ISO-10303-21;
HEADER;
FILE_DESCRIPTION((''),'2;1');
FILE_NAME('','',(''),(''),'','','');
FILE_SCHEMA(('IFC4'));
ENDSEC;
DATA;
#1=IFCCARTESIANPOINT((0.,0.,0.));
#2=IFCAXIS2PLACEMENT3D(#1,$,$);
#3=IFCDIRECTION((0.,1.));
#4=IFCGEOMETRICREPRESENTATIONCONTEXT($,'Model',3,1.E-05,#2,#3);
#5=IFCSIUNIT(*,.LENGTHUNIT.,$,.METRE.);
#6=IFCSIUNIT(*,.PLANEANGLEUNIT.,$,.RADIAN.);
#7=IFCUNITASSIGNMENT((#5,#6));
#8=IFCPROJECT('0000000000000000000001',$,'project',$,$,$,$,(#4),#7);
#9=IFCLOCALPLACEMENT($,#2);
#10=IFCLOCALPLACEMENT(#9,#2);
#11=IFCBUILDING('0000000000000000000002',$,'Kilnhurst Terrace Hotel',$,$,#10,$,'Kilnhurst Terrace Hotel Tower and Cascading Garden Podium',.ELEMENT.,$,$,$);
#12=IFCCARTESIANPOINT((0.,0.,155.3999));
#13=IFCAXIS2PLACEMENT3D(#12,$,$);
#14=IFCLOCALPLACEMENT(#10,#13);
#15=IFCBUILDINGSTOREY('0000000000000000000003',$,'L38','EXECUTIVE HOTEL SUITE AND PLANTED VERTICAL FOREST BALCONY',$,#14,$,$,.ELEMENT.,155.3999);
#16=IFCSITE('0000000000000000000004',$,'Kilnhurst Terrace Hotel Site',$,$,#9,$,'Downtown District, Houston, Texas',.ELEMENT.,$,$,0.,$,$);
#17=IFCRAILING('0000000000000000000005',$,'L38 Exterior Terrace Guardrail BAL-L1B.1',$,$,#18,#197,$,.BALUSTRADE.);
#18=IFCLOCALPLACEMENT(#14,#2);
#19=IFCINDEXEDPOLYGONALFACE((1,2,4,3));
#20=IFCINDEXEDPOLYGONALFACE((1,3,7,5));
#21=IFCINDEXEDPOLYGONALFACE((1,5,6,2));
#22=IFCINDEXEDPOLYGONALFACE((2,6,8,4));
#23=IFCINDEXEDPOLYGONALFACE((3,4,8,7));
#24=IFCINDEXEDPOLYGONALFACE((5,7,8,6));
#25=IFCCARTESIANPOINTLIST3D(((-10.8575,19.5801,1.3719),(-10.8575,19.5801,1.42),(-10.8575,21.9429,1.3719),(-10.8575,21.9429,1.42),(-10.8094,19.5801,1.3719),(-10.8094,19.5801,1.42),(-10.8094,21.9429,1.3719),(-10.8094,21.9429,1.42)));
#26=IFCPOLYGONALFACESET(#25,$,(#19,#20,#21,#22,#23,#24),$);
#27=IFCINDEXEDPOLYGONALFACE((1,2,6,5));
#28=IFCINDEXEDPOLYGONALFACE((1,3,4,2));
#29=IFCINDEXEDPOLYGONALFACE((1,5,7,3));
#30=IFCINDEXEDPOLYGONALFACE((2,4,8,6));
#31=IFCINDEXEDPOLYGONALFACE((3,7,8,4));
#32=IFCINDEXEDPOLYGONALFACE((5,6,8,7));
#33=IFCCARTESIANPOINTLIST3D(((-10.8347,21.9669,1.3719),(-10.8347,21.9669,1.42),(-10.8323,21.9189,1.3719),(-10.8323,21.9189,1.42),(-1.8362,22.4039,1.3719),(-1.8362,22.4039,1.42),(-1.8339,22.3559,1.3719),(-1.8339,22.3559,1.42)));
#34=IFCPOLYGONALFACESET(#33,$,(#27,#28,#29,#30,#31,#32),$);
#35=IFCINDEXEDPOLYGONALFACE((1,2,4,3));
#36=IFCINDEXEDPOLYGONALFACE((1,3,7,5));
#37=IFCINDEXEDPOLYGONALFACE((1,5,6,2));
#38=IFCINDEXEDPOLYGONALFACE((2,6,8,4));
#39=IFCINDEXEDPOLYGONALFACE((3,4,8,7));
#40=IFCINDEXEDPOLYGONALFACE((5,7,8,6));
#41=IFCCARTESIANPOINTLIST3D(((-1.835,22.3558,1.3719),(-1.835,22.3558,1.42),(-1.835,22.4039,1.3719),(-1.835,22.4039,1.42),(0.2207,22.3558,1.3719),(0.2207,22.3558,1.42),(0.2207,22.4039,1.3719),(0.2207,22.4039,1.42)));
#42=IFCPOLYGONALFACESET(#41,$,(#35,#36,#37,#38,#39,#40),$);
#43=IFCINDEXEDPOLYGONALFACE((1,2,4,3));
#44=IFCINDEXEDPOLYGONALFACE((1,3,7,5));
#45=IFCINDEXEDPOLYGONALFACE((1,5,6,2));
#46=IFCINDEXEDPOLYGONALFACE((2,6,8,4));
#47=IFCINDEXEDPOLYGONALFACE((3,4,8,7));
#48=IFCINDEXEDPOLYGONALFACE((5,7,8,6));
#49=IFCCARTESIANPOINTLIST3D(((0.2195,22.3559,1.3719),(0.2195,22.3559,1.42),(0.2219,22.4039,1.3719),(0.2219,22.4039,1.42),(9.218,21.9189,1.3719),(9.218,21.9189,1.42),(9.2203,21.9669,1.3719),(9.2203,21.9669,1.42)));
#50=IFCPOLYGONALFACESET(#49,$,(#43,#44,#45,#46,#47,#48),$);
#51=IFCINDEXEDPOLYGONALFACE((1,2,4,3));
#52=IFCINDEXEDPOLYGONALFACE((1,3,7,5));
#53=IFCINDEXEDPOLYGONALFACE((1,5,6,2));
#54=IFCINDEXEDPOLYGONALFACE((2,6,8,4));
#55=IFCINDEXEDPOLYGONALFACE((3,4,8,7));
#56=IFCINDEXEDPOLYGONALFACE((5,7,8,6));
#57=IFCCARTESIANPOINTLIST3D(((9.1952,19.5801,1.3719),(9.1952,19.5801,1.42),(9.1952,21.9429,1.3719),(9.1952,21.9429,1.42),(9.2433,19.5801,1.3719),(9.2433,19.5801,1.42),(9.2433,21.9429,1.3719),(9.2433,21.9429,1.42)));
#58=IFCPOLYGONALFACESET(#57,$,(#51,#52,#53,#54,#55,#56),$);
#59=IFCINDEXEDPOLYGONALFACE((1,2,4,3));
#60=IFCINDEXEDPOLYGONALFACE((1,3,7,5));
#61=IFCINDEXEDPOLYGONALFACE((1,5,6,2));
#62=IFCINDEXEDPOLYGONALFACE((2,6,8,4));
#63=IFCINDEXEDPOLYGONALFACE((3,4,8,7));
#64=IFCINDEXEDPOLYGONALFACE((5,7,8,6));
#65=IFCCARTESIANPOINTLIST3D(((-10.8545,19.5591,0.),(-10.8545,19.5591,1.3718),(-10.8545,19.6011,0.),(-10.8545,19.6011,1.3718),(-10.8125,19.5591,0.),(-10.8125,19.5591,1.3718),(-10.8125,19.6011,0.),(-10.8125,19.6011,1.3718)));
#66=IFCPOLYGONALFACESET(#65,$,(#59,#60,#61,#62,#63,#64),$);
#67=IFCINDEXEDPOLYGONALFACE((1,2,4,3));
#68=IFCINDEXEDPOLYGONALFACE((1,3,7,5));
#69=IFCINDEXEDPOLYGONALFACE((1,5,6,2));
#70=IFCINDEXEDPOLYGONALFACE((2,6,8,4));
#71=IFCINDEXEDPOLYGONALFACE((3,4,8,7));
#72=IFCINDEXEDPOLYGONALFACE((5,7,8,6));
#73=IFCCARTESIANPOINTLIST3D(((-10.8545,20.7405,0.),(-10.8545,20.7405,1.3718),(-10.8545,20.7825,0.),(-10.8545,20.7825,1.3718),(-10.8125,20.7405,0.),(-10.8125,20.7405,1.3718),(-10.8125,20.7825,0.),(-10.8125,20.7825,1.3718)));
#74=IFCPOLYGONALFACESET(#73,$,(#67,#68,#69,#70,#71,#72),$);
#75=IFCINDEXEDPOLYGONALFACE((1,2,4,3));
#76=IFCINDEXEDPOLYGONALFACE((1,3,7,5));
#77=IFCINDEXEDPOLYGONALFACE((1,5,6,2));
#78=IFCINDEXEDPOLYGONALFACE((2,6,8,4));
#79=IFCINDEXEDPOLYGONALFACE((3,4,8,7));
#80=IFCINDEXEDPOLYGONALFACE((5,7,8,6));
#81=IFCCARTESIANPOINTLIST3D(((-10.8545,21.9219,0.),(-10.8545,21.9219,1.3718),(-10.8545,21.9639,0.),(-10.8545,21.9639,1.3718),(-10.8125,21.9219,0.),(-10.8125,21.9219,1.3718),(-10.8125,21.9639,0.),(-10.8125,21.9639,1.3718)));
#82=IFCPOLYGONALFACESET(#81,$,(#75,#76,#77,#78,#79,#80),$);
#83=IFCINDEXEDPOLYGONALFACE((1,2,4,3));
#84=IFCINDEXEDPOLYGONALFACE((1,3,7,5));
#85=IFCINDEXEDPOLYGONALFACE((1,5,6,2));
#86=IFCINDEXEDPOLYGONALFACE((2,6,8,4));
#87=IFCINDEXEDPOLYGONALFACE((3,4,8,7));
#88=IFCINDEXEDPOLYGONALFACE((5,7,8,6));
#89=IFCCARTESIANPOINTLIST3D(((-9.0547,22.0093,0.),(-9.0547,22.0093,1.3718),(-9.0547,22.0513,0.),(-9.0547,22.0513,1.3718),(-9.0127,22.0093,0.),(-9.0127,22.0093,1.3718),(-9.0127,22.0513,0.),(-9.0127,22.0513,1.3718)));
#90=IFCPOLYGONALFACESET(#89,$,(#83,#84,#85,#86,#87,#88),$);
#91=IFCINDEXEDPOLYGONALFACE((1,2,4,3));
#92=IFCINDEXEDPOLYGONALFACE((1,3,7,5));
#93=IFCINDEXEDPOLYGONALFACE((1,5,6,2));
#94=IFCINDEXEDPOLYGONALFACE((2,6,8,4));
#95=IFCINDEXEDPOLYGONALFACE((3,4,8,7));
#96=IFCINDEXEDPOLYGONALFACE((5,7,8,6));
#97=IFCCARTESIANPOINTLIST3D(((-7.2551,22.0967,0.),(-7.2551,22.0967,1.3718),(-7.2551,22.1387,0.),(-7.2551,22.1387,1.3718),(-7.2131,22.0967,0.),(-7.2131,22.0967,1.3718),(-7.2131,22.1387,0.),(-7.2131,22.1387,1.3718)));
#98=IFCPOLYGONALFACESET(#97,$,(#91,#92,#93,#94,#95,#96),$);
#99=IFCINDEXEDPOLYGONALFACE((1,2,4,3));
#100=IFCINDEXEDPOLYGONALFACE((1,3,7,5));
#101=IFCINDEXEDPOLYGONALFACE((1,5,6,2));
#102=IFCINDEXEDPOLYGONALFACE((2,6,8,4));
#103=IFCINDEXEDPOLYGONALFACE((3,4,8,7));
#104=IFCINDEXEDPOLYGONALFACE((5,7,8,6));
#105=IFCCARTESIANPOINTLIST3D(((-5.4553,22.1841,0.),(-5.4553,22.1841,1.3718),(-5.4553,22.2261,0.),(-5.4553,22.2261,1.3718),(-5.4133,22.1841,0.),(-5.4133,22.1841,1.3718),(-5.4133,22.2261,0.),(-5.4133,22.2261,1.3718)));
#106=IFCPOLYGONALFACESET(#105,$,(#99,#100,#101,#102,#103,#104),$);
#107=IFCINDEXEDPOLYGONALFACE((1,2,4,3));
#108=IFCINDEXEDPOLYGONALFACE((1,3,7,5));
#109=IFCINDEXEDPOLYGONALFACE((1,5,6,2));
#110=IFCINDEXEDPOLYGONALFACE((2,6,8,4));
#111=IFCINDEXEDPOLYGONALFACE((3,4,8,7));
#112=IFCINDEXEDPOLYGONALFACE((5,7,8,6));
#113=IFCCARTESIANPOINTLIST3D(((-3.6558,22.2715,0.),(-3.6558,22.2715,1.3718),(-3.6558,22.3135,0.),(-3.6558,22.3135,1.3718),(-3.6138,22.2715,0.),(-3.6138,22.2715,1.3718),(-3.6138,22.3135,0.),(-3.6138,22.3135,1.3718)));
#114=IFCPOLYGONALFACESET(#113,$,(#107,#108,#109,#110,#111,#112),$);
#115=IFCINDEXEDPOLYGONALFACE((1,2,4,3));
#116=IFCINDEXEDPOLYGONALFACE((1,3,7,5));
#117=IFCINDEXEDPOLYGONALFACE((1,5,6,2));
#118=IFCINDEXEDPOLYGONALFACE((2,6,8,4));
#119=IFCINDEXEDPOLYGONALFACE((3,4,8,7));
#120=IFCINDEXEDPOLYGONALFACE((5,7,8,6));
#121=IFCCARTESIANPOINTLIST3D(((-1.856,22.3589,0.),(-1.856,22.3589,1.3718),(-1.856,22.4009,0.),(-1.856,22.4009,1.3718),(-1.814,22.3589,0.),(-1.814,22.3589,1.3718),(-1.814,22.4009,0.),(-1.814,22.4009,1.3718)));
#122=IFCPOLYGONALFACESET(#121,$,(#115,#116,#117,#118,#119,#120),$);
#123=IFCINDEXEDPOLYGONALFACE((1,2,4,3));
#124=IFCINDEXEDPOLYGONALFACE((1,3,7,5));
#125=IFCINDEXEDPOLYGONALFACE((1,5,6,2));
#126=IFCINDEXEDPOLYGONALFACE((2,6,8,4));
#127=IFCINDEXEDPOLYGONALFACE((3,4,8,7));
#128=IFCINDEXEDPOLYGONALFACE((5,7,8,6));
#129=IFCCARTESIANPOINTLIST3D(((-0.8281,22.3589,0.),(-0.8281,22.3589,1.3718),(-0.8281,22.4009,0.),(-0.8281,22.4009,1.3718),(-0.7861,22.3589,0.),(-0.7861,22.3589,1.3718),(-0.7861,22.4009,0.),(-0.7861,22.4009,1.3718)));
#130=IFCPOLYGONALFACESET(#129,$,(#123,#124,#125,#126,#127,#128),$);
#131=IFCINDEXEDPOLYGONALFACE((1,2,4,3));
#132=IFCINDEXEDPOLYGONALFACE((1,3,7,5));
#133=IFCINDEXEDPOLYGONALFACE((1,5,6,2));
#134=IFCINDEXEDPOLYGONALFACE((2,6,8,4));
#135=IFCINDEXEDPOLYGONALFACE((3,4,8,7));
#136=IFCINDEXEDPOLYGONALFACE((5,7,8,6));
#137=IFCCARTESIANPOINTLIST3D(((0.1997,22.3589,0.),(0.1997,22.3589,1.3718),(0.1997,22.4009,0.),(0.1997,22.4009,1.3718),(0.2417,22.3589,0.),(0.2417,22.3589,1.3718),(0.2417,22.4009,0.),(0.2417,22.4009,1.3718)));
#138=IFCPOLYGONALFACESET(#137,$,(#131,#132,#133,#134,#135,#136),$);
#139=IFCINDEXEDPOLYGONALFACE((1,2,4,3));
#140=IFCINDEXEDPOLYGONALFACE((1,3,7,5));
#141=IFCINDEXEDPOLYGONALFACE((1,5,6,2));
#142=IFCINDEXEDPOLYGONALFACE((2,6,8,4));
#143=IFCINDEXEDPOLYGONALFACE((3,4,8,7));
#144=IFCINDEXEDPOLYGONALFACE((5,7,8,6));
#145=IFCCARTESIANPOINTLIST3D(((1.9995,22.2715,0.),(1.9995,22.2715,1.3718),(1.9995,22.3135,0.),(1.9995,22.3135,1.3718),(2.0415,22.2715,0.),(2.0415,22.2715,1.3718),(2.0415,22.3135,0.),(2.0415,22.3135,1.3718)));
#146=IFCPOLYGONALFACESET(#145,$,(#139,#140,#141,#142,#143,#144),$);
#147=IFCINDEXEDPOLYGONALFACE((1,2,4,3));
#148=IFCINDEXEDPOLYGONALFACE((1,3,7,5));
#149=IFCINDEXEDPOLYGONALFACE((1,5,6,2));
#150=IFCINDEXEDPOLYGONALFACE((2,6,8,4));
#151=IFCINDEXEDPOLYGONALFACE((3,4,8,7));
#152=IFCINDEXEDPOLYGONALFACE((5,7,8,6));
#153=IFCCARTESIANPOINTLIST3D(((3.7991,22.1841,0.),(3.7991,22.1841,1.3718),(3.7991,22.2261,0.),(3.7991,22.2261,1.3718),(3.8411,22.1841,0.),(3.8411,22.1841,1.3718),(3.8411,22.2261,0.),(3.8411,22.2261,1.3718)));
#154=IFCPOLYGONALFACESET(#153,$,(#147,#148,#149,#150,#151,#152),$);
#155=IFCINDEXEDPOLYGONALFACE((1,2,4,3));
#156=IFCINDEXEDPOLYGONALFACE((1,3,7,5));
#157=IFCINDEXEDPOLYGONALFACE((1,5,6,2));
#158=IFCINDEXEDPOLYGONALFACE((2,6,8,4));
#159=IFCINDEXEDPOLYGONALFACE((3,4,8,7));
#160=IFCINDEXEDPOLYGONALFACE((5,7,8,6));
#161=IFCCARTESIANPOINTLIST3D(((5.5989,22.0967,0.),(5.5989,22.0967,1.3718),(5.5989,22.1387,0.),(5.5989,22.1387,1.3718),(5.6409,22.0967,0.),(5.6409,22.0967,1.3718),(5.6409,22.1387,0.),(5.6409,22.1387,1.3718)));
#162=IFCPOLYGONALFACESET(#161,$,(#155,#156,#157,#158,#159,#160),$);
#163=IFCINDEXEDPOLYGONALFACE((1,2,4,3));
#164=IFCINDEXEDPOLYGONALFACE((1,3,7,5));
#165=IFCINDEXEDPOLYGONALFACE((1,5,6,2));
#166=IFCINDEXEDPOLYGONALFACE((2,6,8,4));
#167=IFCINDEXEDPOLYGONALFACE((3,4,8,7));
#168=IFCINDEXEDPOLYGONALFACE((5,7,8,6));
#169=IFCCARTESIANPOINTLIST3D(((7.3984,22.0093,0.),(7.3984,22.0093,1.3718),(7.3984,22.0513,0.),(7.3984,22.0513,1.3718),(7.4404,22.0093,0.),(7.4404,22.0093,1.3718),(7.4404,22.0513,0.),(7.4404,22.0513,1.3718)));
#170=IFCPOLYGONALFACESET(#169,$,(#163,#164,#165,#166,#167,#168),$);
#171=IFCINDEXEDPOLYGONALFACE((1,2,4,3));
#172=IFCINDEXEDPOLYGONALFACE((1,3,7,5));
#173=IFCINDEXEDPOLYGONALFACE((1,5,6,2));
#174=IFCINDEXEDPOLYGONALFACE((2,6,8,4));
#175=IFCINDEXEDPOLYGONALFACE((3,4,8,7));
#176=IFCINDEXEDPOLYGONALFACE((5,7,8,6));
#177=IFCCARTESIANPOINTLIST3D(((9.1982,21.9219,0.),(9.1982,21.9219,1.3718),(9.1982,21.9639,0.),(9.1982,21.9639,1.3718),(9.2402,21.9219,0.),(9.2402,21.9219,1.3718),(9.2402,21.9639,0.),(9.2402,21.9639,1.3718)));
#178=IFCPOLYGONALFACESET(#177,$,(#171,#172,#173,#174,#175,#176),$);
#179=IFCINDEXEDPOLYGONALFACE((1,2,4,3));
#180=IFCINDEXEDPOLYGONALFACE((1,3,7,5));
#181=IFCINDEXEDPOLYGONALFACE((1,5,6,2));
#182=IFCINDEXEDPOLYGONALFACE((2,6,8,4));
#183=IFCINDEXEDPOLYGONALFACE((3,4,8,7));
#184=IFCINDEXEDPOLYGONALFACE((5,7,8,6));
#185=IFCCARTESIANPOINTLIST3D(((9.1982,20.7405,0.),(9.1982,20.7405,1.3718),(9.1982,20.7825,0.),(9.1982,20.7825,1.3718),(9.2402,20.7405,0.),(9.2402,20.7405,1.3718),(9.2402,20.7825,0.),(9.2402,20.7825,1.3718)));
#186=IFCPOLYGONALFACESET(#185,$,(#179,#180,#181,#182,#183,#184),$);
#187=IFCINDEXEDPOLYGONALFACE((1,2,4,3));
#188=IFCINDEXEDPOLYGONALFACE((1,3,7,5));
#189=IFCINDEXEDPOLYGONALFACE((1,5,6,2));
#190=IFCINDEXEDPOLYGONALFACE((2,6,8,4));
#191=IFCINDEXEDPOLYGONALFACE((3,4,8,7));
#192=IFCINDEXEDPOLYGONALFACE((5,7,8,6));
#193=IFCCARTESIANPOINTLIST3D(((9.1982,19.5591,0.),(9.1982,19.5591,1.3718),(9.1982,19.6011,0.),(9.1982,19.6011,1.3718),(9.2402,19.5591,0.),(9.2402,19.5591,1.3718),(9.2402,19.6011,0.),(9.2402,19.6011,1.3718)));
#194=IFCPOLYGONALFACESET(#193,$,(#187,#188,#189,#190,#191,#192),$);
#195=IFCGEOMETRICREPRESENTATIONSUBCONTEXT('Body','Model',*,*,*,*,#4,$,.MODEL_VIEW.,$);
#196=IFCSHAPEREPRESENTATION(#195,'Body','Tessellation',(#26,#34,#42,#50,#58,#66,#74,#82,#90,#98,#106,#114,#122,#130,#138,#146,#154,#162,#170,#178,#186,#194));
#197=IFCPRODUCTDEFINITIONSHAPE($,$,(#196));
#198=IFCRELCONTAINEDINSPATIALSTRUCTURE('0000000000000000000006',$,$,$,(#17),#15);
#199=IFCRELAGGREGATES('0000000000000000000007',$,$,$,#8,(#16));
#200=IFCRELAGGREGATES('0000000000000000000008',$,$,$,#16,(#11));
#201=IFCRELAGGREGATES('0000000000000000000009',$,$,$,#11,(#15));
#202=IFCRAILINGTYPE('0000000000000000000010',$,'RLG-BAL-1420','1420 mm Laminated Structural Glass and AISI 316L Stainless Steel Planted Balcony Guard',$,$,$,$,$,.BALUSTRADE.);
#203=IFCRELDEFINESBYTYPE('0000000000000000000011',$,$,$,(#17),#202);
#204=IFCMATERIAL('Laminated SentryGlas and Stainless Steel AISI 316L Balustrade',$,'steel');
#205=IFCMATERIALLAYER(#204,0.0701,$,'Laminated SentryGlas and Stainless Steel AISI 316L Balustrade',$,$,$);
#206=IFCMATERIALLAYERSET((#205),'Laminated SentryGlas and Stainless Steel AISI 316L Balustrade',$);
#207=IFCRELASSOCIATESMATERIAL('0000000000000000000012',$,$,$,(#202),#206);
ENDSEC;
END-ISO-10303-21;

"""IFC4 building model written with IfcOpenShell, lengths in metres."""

from ifc_helpers import new_model, si_unit, direction, frame, origin, origin_2d, place, context, subcontext, project, spatial, rectangle, extrude, material, layer, layer_set, type_object, element, save


model = new_model("IFC4")

# Units and contexts
model_context = context("Model", 3, precision=1e-05, world=origin(), true_north=direction((0.0, 1.0)))
body_context = subcontext(model_context, "Body", "Model", "MODEL_VIEW")
ifc_project = project(units=[si_unit("LENGTHUNIT", "METRE"), si_unit("PLANEANGLEUNIT", "RADIAN")], contexts=[model_context])

# Site, building, storey
site_placement = place(None, origin())
site = spatial("IfcSite", under=ifc_project, at=site_placement, Name="Kilnhurst Terrace Hotel Site", LongName="Downtown District, Houston, Texas", CompositionType="ELEMENT", RefElevation=0.0)
building_placement = place(site_placement, origin())
building = spatial("IfcBuilding", under=site, at=building_placement, Name="Kilnhurst Terrace Hotel", LongName="Kilnhurst Terrace Hotel Tower and Cascading Garden Podium", CompositionType="ELEMENT")
storey_placement = place(building_placement, frame((0.0, 0.0, 155.3999)))
storey = spatial("IfcBuildingStorey", under=building, at=storey_placement, Name="L38", Description="EXECUTIVE HOTEL SUITE AND PLANTED VERTICAL FOREST BALCONY", CompositionType="ELEMENT", Elevation=155.3999)

# Railing
ifc_material_1 = material(Name="Laminated SentryGlas and Stainless Steel AISI 316L Balustrade", Category="steel")
ifc_layer_1 = layer(ifc_material_1, 0.0701, Name="Laminated SentryGlas and Stainless Steel AISI 316L Balustrade")
ifc_layer_set_1 = layer_set([ifc_layer_1], Name="Laminated SentryGlas and Stainless Steel AISI 316L Balustrade")
railing_type = type_object("IfcRailingType", Name="RLG-BAL-1420", Description="1420 mm Laminated Structural Glass and AISI 316L Stainless Steel Planted Balcony Guard", PredefinedType="BALUSTRADE", material=ifc_layer_set_1)
railing_placement = place(storey_placement, frame((-10.8335, 19.5801, 0.0)))
element("IfcRailing", 1, at=railing_placement, inside=storey, type_object=railing_type, Name="L38 Exterior Terrace Guardrail BAL-L1B.1", PredefinedType="BALUSTRADE", context=body_context, shape_type="SweptSolid", body=[
    extrude(rectangle(XDim=0.0481, YDim=0.0481, at=origin_2d()), frame((0.0, 0.0, 1.396), z_axis=(0.0, 1.0, 0.0), x_axis=(-1.0, 0.0, 0.0)), (0.0, 0.0, 1.0), 2.3628),
    extrude(rectangle(XDim=0.0481, YDim=0.0481, at=origin_2d()), frame((0.0, 2.3628, 1.396), z_axis=(0.998823, 0.048508, 0.0), x_axis=(-0.048508, 0.998823, 0.0)), (0.0, 0.0, 1.0), 9.009),
    extrude(rectangle(XDim=0.0481, YDim=0.0481, at=origin_2d()), frame((8.9985, 2.7998, 1.396), z_axis=(1.0, 0.0, 0.0), x_axis=(0.0, 1.0, 0.0)), (0.0, 0.0, 1.0), 2.0557),
    extrude(rectangle(XDim=0.0481, YDim=0.0481, at=origin_2d()), frame((11.0542, 2.7998, 1.396), z_axis=(0.998823, -0.048508, 0.0), x_axis=(0.048508, 0.998823, 0.0)), (0.0, 0.0, 1.0), 9.009),
    extrude(rectangle(XDim=0.0481, YDim=0.0481, at=origin_2d()), frame((20.0527, 2.3628, 1.396), z_axis=(0.0, -1.0, 0.0), x_axis=(1.0, 0.0, 0.0)), (0.0, 0.0, 1.0), 2.3628),
    extrude(rectangle(XDim=0.042, YDim=0.042, at=origin_2d()), origin(), (0.0, 0.0, 1.0), 1.3718),
    extrude(rectangle(XDim=0.042, YDim=0.042, at=origin_2d()), frame((0.0, 1.1814, 0.0)), (0.0, 0.0, 1.0), 1.3718),
    extrude(rectangle(XDim=0.042, YDim=0.042, at=origin_2d()), frame((0.0, 2.3628, 0.0)), (0.0, 0.0, 1.0), 1.3718),
    extrude(rectangle(XDim=0.042, YDim=0.042, at=origin_2d()), frame((1.7998, 2.4502, 0.0)), (0.0, 0.0, 1.0), 1.3718),
    extrude(rectangle(XDim=0.042, YDim=0.042, at=origin_2d()), frame((3.5994, 2.5376, 0.0)), (0.0, 0.0, 1.0), 1.3718),
    extrude(rectangle(XDim=0.042, YDim=0.042, at=origin_2d()), frame((5.3992, 2.625, 0.0)), (0.0, 0.0, 1.0), 1.3718),
    extrude(rectangle(XDim=0.042, YDim=0.042, at=origin_2d()), frame((7.1987, 2.7124, 0.0)), (0.0, 0.0, 1.0), 1.3718),
    extrude(rectangle(XDim=0.042, YDim=0.042, at=origin_2d()), frame((8.9985, 2.7998, 0.0)), (0.0, 0.0, 1.0), 1.3718),
    extrude(rectangle(XDim=0.042, YDim=0.042, at=origin_2d()), frame((10.0264, 2.7998, 0.0)), (0.0, 0.0, 1.0), 1.3718),
    extrude(rectangle(XDim=0.042, YDim=0.042, at=origin_2d()), frame((11.0542, 2.7998, 0.0)), (0.0, 0.0, 1.0), 1.3718),
    extrude(rectangle(XDim=0.042, YDim=0.042, at=origin_2d()), frame((12.854, 2.7124, 0.0)), (0.0, 0.0, 1.0), 1.3718),
    extrude(rectangle(XDim=0.042, YDim=0.042, at=origin_2d()), frame((14.6536, 2.625, 0.0)), (0.0, 0.0, 1.0), 1.3718),
    extrude(rectangle(XDim=0.042, YDim=0.042, at=origin_2d()), frame((16.4534, 2.5376, 0.0)), (0.0, 0.0, 1.0), 1.3718),
    extrude(rectangle(XDim=0.042, YDim=0.042, at=origin_2d()), frame((18.2529, 2.4502, 0.0)), (0.0, 0.0, 1.0), 1.3718),
    extrude(rectangle(XDim=0.042, YDim=0.042, at=origin_2d()), frame((20.0527, 2.3628, 0.0)), (0.0, 0.0, 1.0), 1.3718),
    extrude(rectangle(XDim=0.042, YDim=0.042, at=origin_2d()), frame((20.0527, 1.1814, 0.0)), (0.0, 0.0, 1.0), 1.3718),
    extrude(rectangle(XDim=0.042, YDim=0.042, at=origin_2d()), frame((20.0527, 0.0, 0.0)), (0.0, 0.0, 1.0), 1.3718),
])

save(model, "model.ifc")
